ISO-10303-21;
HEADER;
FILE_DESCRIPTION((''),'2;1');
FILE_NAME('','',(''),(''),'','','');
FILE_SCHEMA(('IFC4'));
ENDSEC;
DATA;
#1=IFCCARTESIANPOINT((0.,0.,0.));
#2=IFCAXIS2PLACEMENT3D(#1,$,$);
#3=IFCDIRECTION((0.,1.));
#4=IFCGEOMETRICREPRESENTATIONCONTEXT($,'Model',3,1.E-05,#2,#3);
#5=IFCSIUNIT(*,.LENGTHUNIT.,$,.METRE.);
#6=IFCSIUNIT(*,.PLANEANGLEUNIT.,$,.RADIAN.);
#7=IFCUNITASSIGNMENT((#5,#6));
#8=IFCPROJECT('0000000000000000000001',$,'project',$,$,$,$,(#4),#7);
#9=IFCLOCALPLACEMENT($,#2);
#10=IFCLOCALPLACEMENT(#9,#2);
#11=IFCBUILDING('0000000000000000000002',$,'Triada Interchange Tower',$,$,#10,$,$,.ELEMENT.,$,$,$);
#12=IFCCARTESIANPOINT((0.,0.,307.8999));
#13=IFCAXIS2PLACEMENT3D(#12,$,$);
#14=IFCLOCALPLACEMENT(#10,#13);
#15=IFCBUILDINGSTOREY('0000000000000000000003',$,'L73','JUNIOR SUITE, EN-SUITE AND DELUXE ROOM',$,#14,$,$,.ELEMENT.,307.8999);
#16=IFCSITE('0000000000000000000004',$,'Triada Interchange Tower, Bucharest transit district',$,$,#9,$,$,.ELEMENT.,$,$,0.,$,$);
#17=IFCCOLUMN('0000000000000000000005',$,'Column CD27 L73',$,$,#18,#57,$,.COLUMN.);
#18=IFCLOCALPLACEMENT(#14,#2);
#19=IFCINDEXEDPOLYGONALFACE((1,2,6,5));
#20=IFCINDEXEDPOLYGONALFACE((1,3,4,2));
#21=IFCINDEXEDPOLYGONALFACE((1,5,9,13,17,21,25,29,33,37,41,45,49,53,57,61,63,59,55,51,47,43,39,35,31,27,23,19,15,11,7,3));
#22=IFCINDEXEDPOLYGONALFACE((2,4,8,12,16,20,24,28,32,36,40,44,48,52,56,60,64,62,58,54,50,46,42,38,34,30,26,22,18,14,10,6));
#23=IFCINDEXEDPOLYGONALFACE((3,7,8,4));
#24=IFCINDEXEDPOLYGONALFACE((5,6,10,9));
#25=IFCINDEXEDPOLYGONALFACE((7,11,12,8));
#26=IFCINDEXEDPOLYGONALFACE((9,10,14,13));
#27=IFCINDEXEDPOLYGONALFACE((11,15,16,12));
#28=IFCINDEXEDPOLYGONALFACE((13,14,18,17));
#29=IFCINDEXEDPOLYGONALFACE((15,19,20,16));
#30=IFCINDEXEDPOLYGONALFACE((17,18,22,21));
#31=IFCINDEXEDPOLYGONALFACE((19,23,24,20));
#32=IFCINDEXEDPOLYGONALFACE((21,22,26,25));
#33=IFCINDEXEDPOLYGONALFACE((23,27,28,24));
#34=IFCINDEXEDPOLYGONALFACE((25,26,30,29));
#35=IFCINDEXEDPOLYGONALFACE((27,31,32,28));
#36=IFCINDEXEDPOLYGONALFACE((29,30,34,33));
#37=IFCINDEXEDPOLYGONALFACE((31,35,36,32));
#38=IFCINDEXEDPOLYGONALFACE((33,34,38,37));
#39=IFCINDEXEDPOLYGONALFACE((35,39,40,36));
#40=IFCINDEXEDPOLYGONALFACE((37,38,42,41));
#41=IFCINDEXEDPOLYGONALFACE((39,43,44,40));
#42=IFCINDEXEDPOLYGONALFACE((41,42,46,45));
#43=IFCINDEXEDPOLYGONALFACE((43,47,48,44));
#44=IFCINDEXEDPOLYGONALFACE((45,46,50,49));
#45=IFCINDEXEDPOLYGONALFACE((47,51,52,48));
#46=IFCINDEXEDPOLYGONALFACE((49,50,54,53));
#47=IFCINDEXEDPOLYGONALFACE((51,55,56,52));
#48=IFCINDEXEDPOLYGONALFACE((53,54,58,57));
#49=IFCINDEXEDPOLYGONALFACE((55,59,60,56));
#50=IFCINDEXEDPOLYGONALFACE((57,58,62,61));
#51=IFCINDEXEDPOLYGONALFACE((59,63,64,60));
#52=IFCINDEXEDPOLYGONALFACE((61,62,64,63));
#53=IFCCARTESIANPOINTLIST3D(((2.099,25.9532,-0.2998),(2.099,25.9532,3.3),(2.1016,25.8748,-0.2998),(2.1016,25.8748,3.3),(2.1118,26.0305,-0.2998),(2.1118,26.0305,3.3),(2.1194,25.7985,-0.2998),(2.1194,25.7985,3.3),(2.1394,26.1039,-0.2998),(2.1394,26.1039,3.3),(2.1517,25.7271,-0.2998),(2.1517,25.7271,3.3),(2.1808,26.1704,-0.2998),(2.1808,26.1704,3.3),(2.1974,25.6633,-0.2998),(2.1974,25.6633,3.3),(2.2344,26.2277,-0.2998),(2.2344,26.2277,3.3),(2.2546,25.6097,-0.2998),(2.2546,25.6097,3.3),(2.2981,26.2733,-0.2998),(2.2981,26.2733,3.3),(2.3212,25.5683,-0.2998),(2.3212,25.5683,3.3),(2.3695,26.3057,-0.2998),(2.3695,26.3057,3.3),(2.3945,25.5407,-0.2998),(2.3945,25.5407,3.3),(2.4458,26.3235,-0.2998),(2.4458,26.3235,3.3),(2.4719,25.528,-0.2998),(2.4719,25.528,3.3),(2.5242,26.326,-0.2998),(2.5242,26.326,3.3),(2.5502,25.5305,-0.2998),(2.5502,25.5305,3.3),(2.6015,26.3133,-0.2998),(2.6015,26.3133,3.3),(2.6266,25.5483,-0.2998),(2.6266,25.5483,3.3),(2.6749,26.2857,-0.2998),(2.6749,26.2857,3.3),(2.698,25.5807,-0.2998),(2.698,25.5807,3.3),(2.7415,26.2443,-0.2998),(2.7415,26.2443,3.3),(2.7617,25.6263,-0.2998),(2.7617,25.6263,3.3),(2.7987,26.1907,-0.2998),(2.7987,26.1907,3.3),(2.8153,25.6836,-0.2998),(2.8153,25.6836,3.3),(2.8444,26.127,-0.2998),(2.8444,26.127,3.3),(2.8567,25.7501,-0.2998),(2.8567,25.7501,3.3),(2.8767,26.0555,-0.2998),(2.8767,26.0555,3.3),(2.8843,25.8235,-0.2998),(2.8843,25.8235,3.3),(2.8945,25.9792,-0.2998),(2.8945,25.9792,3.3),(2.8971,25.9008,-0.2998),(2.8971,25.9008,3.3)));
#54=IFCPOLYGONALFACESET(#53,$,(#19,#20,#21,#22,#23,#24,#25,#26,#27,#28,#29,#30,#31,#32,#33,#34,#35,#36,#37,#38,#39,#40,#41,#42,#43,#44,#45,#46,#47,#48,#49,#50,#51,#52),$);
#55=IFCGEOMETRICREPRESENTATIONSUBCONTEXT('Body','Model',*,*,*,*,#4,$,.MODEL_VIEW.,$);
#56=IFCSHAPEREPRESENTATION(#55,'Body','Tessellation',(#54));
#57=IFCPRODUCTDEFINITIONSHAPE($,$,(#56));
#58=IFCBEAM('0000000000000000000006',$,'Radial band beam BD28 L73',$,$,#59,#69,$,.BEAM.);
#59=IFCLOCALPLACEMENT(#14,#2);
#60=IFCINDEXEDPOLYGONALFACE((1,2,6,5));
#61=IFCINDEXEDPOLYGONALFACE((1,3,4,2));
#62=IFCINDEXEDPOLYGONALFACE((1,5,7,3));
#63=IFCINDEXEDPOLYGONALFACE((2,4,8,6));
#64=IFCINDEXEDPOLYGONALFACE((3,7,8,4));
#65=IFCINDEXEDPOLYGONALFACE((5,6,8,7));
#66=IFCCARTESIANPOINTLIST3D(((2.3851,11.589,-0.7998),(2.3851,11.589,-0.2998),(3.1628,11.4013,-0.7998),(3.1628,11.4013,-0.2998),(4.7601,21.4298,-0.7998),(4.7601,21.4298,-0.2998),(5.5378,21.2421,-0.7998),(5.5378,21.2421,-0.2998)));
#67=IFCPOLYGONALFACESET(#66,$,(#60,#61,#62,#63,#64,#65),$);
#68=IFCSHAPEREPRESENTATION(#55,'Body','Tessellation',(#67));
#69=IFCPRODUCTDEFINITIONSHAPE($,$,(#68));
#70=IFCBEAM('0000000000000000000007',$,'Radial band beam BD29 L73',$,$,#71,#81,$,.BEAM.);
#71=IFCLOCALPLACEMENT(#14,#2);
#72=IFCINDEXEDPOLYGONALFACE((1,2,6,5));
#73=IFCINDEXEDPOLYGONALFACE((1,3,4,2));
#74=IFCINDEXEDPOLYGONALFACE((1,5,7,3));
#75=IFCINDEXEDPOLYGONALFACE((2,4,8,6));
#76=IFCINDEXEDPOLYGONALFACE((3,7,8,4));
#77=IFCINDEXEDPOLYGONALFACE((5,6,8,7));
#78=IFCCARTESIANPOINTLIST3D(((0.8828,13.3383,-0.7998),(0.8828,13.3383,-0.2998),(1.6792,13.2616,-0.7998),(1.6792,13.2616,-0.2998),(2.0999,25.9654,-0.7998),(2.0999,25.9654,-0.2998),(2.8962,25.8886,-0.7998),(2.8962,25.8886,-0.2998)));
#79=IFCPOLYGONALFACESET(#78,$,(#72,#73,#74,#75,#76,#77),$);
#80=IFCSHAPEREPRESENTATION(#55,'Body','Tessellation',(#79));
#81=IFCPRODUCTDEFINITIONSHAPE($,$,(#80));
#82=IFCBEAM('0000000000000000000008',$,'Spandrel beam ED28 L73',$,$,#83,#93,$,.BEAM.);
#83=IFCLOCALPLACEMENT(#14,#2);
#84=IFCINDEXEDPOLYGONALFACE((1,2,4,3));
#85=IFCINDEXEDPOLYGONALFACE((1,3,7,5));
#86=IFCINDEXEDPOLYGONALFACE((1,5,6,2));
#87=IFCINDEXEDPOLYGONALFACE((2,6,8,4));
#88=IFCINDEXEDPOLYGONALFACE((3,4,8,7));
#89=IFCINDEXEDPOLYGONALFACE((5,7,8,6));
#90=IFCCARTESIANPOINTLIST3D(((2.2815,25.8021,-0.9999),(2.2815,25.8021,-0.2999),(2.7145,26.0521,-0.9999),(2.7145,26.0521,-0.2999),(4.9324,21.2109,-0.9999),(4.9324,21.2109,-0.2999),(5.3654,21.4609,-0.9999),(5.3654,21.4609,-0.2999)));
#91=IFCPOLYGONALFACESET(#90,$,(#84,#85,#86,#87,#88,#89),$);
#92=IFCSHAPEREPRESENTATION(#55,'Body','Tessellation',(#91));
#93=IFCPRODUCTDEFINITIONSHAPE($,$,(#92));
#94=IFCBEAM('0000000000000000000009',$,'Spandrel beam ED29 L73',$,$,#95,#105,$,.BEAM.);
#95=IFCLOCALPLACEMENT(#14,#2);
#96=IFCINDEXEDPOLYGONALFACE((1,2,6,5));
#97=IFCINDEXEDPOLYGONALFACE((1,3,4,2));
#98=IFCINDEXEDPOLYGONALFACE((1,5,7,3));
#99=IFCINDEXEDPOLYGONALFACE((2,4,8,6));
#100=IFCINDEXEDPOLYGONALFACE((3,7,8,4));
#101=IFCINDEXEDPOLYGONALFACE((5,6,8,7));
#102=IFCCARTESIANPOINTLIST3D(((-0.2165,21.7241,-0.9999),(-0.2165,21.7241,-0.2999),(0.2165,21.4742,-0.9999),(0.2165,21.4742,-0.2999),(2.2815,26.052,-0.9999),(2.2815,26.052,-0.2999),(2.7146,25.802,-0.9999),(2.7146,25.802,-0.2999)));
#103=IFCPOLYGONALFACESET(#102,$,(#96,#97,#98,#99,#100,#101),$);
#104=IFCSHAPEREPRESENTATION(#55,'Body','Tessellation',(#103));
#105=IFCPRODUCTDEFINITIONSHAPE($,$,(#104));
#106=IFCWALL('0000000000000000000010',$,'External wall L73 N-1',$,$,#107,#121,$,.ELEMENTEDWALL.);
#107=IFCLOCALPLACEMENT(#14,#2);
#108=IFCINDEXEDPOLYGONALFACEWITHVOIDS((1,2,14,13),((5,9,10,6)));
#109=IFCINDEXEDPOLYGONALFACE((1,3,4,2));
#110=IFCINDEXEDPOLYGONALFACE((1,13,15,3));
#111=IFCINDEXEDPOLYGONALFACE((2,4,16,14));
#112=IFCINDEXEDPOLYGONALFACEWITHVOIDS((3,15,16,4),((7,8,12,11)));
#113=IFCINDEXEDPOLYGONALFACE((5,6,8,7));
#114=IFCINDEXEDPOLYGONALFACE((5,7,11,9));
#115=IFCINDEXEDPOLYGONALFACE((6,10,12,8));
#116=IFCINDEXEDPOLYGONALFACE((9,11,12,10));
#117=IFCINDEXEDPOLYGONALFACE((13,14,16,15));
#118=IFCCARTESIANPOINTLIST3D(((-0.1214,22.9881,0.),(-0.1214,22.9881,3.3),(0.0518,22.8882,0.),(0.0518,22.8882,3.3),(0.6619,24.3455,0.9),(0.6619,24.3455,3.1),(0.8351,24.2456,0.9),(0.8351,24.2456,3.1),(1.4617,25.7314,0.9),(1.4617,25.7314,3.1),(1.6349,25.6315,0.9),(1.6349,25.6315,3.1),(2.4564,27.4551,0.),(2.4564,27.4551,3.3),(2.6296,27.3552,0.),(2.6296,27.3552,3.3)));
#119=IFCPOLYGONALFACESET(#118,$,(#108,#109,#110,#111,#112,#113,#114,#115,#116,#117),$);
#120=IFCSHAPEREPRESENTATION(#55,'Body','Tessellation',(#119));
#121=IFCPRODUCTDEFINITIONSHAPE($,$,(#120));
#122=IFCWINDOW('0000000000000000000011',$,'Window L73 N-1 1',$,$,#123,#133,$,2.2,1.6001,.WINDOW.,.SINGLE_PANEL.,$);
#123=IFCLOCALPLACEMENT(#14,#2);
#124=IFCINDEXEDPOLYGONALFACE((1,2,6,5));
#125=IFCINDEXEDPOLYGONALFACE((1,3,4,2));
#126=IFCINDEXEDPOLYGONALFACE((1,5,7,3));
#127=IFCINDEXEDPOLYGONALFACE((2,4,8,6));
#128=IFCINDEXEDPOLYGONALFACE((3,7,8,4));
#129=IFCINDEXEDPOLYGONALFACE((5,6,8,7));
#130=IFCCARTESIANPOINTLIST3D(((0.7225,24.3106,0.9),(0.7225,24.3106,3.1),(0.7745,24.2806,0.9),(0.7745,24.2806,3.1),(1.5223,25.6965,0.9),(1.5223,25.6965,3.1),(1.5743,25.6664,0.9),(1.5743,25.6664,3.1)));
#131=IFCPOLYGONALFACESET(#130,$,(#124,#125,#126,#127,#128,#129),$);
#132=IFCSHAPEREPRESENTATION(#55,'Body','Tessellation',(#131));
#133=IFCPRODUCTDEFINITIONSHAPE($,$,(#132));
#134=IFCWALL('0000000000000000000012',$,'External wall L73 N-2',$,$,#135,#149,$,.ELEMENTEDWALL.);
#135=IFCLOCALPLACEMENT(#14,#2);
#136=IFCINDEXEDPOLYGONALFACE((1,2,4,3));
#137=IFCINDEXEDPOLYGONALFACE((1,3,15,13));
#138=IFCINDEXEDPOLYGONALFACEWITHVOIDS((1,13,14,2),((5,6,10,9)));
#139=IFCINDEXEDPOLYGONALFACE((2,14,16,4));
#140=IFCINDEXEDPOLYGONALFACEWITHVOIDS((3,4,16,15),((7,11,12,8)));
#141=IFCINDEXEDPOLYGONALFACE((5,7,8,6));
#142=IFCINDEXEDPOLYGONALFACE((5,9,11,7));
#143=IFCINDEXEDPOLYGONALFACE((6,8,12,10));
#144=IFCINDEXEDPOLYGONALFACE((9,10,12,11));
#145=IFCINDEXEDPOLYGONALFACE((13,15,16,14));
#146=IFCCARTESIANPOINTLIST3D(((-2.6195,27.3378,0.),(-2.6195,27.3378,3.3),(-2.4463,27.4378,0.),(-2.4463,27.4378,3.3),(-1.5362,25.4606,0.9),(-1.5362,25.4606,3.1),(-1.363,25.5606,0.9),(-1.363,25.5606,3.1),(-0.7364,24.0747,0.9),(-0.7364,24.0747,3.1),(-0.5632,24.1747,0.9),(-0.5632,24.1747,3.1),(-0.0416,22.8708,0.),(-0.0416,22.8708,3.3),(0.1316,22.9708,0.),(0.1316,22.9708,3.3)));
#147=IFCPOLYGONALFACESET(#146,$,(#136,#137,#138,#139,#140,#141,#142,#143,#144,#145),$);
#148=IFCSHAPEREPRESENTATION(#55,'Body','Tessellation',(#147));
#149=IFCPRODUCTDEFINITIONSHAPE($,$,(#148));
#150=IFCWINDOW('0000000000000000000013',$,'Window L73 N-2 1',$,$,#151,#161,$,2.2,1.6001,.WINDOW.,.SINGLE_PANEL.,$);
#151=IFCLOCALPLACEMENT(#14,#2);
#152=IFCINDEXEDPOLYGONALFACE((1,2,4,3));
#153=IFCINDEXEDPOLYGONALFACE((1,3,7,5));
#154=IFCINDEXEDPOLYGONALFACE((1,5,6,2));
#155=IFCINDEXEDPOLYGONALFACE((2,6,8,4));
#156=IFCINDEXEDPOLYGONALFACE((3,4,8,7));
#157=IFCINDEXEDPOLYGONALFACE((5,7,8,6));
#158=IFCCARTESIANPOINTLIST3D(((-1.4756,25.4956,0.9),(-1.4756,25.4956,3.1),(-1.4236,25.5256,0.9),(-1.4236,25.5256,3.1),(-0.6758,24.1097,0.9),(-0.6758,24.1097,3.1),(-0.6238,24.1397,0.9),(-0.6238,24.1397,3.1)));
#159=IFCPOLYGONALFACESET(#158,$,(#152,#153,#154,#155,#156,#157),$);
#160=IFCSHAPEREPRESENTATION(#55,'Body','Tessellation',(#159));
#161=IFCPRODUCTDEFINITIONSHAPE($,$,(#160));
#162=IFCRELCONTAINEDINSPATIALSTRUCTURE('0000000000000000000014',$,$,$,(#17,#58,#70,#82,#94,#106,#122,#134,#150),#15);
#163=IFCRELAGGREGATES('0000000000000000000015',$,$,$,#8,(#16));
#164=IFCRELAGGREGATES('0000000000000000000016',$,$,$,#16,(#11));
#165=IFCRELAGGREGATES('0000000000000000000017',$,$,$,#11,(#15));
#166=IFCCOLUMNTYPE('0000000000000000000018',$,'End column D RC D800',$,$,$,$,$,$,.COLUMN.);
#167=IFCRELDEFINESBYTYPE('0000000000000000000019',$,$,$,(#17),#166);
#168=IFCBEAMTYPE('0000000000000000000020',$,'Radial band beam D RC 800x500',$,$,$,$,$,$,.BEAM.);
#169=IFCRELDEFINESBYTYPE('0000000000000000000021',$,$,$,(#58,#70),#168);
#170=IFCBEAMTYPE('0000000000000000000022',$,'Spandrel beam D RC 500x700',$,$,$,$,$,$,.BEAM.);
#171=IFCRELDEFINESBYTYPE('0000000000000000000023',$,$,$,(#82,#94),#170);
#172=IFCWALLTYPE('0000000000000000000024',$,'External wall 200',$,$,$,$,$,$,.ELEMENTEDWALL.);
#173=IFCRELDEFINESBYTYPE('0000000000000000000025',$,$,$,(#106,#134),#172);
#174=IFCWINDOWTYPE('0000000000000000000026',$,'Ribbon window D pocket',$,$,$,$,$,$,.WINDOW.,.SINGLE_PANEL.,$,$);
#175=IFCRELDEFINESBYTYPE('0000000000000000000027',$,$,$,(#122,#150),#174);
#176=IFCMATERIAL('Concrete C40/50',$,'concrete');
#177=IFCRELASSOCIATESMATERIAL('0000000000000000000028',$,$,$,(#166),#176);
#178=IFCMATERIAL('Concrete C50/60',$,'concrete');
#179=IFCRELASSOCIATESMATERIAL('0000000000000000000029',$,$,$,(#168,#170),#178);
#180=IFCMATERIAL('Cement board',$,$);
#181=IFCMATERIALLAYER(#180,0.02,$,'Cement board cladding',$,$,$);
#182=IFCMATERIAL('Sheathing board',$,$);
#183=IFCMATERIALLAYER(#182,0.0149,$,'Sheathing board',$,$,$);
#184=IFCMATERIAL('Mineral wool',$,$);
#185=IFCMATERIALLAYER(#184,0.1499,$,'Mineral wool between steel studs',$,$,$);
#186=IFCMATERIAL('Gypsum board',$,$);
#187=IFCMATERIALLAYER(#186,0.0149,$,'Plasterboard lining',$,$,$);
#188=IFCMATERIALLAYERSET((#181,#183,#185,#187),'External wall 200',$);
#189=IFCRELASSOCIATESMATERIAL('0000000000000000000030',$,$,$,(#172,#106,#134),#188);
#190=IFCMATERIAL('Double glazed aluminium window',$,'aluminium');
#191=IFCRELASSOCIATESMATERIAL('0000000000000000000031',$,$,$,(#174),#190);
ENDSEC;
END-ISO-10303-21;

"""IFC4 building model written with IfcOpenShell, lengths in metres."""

from ifc_helpers import new_model, si_unit, direction, frame, frame_2d, origin, origin_2d, place, context, subcontext, project, spatial, rectangle, circle, extrude, material, layer, layer_set, layer_usage, material_profile, profile_set, type_object, element, fill, save


model = new_model("IFC4")

# Units and contexts
model_context = context("Model", 3, precision=1e-05, world=origin(), true_north=direction((0.0, 1.0)))
body_context = subcontext(model_context, "Body", "Model", "MODEL_VIEW")
ifc_project = project(units=[si_unit("LENGTHUNIT", "METRE"), si_unit("PLANEANGLEUNIT", "RADIAN")], contexts=[model_context])

# Site, building, storey
site_placement = place(None, origin())
site = spatial("IfcSite", under=ifc_project, at=site_placement, Name="Triada Interchange Tower, Bucharest transit district", CompositionType="ELEMENT", RefElevation=0.0)
building_placement = place(site_placement, origin())
building = spatial("IfcBuilding", under=site, at=building_placement, Name="Triada Interchange Tower", CompositionType="ELEMENT")
storey_placement = place(building_placement, frame((0.0, 0.0, 307.8999)))
storey = spatial("IfcBuildingStorey", under=building, at=storey_placement, Name="L73", Description="JUNIOR SUITE, EN-SUITE AND DELUXE ROOM", CompositionType="ELEMENT", Elevation=307.8999)

# Column
ifc_material_1 = material(Name="Concrete C40/50", Category="concrete")
ifc_material_profile_1 = material_profile(ifc_material_1, circle(Radius=0.3999, at=origin_2d()), Name="RC D800")
ifc_profile_set_1 = profile_set([ifc_material_profile_1], Name="Concrete C40/50")
column_type = type_object("IfcColumnType", Name="End column D RC D800", PredefinedType="COLUMN", material=ifc_profile_set_1)
column_placement = place(storey_placement, frame((2.498, 25.927, -0.2998), z_axis=(0.0, 0.0, 1.0), x_axis=(-0.5, 0.866025, 0.0)))
element("IfcColumn", 1, at=column_placement, inside=storey, type_object=column_type, Name="Column CD27 L73", PredefinedType="COLUMN", context=body_context, shape_type="SweptSolid", body=[
    extrude(circle(Radius=0.3999, at=origin_2d()), origin(), (0.0, 0.0, 1.0), 3.5999),
])

# Beams
ifc_material_2 = material(Name="Concrete C50/60", Category="concrete")
ifc_material_profile_2 = material_profile(ifc_material_2, rectangle(XDim=0.8, YDim=0.5, at=origin_2d()), Name="RC 800x500")
ifc_profile_set_2 = profile_set([ifc_material_profile_2], Name="Concrete C50/60")
beam_type_1 = type_object("IfcBeamType", Name="Radial band beam D RC 800x500", PredefinedType="BEAM", material=ifc_profile_set_2)
beam_1_placement = place(storey_placement, frame((5.1489, 21.3359, -0.5498), z_axis=(-0.234606, -0.972091, 0.0), x_axis=(0.972091, -0.234606, 0.0)))
element("IfcBeam", 2, at=beam_1_placement, inside=storey, type_object=beam_type_1, Name="Radial band beam BD28 L73", PredefinedType="BEAM", context=body_context, shape_type="SweptSolid", body=[
    extrude(rectangle(XDim=0.8, YDim=0.5, at=origin_2d()), origin(), (0.0, 0.0, 1.0), 10.1233),
])
beam_2_placement = place(storey_placement, frame((2.498, 25.927, -0.5498), z_axis=(-0.09594, -0.995387, 0.0), x_axis=(0.995387, -0.09594, 0.0)))
element("IfcBeam", 3, at=beam_2_placement, inside=storey, type_object=beam_type_1, Name="Radial band beam BD29 L73", PredefinedType="BEAM", context=body_context, shape_type="SweptSolid", body=[
    extrude(rectangle(XDim=0.8, YDim=0.5, at=origin_2d()), origin(), (0.0, 0.0, 1.0), 12.6855),
])
ifc_material_profile_3 = material_profile(ifc_material_2, rectangle(XDim=0.5, YDim=0.7, at=origin_2d()), Name="RC 500x700")
ifc_profile_set_3 = profile_set([ifc_material_profile_3], Name="Concrete C50/60")
beam_type_2 = type_object("IfcBeamType", Name="Spandrel beam D RC 500x700", PredefinedType="BEAM", material=ifc_profile_set_3)
beam_3_placement = place(storey_placement, frame((5.1489, 21.3359, -0.6499), z_axis=(-0.500032, 0.866007, 0.0), x_axis=(-0.866007, -0.500032, 0.0)))
element("IfcBeam", 4, at=beam_3_placement, inside=storey, type_object=beam_type_2, Name="Spandrel beam ED28 L73", PredefinedType="BEAM", context=body_context, shape_type="SweptSolid", body=[
    extrude(rectangle(XDim=0.5, YDim=0.7, at=origin_2d()), origin(), (0.0, 0.0, 1.0), 5.3015),
])
beam_4_placement = place(storey_placement, frame((2.498, 25.927, -0.6499), z_axis=(-0.499901, -0.866082, 0.0), x_axis=(0.866082, -0.499901, 0.0)))
element("IfcBeam", 5, at=beam_4_placement, inside=storey, type_object=beam_type_2, Name="Spandrel beam ED29 L73", PredefinedType="BEAM", context=body_context, shape_type="SweptSolid", body=[
    extrude(rectangle(XDim=0.5, YDim=0.7, at=origin_2d()), origin(), (0.0, 0.0, 1.0), 4.9971),
])

# Walls, openings, windows
ifc_material_3 = material(Name="Cement board")
ifc_layer_1 = layer(ifc_material_3, 0.02, Name="Cement board cladding")
ifc_material_4 = material(Name="Sheathing board")
ifc_layer_2 = layer(ifc_material_4, 0.0149, Name="Sheathing board")
ifc_material_5 = material(Name="Mineral wool")
ifc_layer_3 = layer(ifc_material_5, 0.1499, Name="Mineral wool between steel studs")
ifc_material_6 = material(Name="Gypsum board")
ifc_layer_4 = layer(ifc_material_6, 0.0149, Name="Plasterboard lining")
ifc_layer_set_1 = layer_set([ifc_layer_1, ifc_layer_2, ifc_layer_3, ifc_layer_4], Name="External wall 200")
ifc_layer_usage = layer_usage(ifc_layer_set_1, "AXIS2", "POSITIVE", -0.1001)
wall_type = type_object("IfcWallType", Name="External wall 200", PredefinedType="ELEMENTEDWALL", material=ifc_layer_set_1)
wall_1_placement = place(storey_placement, frame((2.543, 27.405, 0.0), z_axis=(0.0, 0.0, 1.0), x_axis=(-0.49983, -0.866123, 0.0)))
wall_1 = element("IfcWall", 6, at=wall_1_placement, inside=storey, type_object=wall_type, material=ifc_layer_usage, Name="External wall L73 N-1", PredefinedType="ELEMENTEDWALL", context=body_context, shape_type="SweptSolid", body=[
    extrude(rectangle(XDim=5.1575, YDim=0.2, at=frame_2d((2.5786, 0.0))), origin(), (0.0, 0.0, 1.0), 3.3),
])
opening_1_placement = place(wall_1_placement, frame((1.99, 0.0, 0.8999)))
opening_1 = element("IfcOpeningElement", 7, at=opening_1_placement, cuts=wall_1, PredefinedType="OPENING", context=body_context, shape_type="SweptSolid", body=[
    extrude(rectangle(XDim=1.6001, YDim=2.2, at=frame_2d((0.8, 1.1001))), frame((0.0, 0.1099, 0.0), z_axis=(0.0, -1.0, 0.0), x_axis=(1.0, 0.0, 0.0)), (0.0, 0.0, 1.0), 0.22),
])
ifc_material_7 = material(Name="Double glazed aluminium window", Category="aluminium")
window_type = type_object("IfcWindowType", Name="Ribbon window D pocket", PartitioningType="SINGLE_PANEL", PredefinedType="WINDOW", material=ifc_material_7)
window_1_placement = place(opening_1_placement, origin())
window_1 = element("IfcWindow", 8, at=window_1_placement, inside=storey, type_object=window_type, Name="Window L73 N-1 1", OverallHeight=2.2, OverallWidth=1.6001, PartitioningType="SINGLE_PANEL", PredefinedType="WINDOW", context=body_context, shape_type="SweptSolid", body=[
    extrude(rectangle(XDim=1.6001, YDim=2.2, at=frame_2d((0.8, 1.1001))), frame((0.0, 0.03, 0.0), z_axis=(0.0, -1.0, 0.0), x_axis=(1.0, 0.0, 0.0)), (0.0, 0.0, 1.0), 0.0601),
])
fill(opening_1, window_1)
wall_2_placement = place(storey_placement, frame((0.0449, 22.9209, 0.0), z_axis=(0.0, 0.0, 1.0), x_axis=(-0.49983, 0.866123, 0.0)))
wall_2 = element("IfcWall", 9, at=wall_2_placement, inside=storey, type_object=wall_type, material=ifc_layer_usage, Name="External wall L73 N-2", PredefinedType="ELEMENTEDWALL", context=body_context, shape_type="SweptSolid", body=[
    extrude(rectangle(XDim=5.1575, YDim=0.2, at=frame_2d((2.5786, 0.0))), origin(), (0.0, 0.0, 1.0), 3.3),
])
opening_2_placement = place(wall_2_placement, frame((1.3899, 0.0, 0.8999)))
opening_2 = element("IfcOpeningElement", 10, at=opening_2_placement, cuts=wall_2, PredefinedType="OPENING", context=body_context, shape_type="SweptSolid", body=[
    extrude(rectangle(XDim=1.6001, YDim=2.2, at=frame_2d((0.8, 1.1001))), frame((0.0, 0.1099, 0.0), z_axis=(0.0, -1.0, 0.0), x_axis=(1.0, 0.0, 0.0)), (0.0, 0.0, 1.0), 0.22),
])
window_2_placement = place(opening_2_placement, origin())
window_2 = element("IfcWindow", 11, at=window_2_placement, inside=storey, type_object=window_type, Name="Window L73 N-2 1", OverallHeight=2.2, OverallWidth=1.6001, PartitioningType="SINGLE_PANEL", PredefinedType="WINDOW", context=body_context, shape_type="SweptSolid", body=[
    extrude(rectangle(XDim=1.6001, YDim=2.2, at=frame_2d((0.8, 1.1001))), frame((0.0, 0.03, 0.0), z_axis=(0.0, -1.0, 0.0), x_axis=(1.0, 0.0, 0.0)), (0.0, 0.0, 1.0), 0.0601),
])
fill(opening_2, window_2)

save(model, "model.ifc")
